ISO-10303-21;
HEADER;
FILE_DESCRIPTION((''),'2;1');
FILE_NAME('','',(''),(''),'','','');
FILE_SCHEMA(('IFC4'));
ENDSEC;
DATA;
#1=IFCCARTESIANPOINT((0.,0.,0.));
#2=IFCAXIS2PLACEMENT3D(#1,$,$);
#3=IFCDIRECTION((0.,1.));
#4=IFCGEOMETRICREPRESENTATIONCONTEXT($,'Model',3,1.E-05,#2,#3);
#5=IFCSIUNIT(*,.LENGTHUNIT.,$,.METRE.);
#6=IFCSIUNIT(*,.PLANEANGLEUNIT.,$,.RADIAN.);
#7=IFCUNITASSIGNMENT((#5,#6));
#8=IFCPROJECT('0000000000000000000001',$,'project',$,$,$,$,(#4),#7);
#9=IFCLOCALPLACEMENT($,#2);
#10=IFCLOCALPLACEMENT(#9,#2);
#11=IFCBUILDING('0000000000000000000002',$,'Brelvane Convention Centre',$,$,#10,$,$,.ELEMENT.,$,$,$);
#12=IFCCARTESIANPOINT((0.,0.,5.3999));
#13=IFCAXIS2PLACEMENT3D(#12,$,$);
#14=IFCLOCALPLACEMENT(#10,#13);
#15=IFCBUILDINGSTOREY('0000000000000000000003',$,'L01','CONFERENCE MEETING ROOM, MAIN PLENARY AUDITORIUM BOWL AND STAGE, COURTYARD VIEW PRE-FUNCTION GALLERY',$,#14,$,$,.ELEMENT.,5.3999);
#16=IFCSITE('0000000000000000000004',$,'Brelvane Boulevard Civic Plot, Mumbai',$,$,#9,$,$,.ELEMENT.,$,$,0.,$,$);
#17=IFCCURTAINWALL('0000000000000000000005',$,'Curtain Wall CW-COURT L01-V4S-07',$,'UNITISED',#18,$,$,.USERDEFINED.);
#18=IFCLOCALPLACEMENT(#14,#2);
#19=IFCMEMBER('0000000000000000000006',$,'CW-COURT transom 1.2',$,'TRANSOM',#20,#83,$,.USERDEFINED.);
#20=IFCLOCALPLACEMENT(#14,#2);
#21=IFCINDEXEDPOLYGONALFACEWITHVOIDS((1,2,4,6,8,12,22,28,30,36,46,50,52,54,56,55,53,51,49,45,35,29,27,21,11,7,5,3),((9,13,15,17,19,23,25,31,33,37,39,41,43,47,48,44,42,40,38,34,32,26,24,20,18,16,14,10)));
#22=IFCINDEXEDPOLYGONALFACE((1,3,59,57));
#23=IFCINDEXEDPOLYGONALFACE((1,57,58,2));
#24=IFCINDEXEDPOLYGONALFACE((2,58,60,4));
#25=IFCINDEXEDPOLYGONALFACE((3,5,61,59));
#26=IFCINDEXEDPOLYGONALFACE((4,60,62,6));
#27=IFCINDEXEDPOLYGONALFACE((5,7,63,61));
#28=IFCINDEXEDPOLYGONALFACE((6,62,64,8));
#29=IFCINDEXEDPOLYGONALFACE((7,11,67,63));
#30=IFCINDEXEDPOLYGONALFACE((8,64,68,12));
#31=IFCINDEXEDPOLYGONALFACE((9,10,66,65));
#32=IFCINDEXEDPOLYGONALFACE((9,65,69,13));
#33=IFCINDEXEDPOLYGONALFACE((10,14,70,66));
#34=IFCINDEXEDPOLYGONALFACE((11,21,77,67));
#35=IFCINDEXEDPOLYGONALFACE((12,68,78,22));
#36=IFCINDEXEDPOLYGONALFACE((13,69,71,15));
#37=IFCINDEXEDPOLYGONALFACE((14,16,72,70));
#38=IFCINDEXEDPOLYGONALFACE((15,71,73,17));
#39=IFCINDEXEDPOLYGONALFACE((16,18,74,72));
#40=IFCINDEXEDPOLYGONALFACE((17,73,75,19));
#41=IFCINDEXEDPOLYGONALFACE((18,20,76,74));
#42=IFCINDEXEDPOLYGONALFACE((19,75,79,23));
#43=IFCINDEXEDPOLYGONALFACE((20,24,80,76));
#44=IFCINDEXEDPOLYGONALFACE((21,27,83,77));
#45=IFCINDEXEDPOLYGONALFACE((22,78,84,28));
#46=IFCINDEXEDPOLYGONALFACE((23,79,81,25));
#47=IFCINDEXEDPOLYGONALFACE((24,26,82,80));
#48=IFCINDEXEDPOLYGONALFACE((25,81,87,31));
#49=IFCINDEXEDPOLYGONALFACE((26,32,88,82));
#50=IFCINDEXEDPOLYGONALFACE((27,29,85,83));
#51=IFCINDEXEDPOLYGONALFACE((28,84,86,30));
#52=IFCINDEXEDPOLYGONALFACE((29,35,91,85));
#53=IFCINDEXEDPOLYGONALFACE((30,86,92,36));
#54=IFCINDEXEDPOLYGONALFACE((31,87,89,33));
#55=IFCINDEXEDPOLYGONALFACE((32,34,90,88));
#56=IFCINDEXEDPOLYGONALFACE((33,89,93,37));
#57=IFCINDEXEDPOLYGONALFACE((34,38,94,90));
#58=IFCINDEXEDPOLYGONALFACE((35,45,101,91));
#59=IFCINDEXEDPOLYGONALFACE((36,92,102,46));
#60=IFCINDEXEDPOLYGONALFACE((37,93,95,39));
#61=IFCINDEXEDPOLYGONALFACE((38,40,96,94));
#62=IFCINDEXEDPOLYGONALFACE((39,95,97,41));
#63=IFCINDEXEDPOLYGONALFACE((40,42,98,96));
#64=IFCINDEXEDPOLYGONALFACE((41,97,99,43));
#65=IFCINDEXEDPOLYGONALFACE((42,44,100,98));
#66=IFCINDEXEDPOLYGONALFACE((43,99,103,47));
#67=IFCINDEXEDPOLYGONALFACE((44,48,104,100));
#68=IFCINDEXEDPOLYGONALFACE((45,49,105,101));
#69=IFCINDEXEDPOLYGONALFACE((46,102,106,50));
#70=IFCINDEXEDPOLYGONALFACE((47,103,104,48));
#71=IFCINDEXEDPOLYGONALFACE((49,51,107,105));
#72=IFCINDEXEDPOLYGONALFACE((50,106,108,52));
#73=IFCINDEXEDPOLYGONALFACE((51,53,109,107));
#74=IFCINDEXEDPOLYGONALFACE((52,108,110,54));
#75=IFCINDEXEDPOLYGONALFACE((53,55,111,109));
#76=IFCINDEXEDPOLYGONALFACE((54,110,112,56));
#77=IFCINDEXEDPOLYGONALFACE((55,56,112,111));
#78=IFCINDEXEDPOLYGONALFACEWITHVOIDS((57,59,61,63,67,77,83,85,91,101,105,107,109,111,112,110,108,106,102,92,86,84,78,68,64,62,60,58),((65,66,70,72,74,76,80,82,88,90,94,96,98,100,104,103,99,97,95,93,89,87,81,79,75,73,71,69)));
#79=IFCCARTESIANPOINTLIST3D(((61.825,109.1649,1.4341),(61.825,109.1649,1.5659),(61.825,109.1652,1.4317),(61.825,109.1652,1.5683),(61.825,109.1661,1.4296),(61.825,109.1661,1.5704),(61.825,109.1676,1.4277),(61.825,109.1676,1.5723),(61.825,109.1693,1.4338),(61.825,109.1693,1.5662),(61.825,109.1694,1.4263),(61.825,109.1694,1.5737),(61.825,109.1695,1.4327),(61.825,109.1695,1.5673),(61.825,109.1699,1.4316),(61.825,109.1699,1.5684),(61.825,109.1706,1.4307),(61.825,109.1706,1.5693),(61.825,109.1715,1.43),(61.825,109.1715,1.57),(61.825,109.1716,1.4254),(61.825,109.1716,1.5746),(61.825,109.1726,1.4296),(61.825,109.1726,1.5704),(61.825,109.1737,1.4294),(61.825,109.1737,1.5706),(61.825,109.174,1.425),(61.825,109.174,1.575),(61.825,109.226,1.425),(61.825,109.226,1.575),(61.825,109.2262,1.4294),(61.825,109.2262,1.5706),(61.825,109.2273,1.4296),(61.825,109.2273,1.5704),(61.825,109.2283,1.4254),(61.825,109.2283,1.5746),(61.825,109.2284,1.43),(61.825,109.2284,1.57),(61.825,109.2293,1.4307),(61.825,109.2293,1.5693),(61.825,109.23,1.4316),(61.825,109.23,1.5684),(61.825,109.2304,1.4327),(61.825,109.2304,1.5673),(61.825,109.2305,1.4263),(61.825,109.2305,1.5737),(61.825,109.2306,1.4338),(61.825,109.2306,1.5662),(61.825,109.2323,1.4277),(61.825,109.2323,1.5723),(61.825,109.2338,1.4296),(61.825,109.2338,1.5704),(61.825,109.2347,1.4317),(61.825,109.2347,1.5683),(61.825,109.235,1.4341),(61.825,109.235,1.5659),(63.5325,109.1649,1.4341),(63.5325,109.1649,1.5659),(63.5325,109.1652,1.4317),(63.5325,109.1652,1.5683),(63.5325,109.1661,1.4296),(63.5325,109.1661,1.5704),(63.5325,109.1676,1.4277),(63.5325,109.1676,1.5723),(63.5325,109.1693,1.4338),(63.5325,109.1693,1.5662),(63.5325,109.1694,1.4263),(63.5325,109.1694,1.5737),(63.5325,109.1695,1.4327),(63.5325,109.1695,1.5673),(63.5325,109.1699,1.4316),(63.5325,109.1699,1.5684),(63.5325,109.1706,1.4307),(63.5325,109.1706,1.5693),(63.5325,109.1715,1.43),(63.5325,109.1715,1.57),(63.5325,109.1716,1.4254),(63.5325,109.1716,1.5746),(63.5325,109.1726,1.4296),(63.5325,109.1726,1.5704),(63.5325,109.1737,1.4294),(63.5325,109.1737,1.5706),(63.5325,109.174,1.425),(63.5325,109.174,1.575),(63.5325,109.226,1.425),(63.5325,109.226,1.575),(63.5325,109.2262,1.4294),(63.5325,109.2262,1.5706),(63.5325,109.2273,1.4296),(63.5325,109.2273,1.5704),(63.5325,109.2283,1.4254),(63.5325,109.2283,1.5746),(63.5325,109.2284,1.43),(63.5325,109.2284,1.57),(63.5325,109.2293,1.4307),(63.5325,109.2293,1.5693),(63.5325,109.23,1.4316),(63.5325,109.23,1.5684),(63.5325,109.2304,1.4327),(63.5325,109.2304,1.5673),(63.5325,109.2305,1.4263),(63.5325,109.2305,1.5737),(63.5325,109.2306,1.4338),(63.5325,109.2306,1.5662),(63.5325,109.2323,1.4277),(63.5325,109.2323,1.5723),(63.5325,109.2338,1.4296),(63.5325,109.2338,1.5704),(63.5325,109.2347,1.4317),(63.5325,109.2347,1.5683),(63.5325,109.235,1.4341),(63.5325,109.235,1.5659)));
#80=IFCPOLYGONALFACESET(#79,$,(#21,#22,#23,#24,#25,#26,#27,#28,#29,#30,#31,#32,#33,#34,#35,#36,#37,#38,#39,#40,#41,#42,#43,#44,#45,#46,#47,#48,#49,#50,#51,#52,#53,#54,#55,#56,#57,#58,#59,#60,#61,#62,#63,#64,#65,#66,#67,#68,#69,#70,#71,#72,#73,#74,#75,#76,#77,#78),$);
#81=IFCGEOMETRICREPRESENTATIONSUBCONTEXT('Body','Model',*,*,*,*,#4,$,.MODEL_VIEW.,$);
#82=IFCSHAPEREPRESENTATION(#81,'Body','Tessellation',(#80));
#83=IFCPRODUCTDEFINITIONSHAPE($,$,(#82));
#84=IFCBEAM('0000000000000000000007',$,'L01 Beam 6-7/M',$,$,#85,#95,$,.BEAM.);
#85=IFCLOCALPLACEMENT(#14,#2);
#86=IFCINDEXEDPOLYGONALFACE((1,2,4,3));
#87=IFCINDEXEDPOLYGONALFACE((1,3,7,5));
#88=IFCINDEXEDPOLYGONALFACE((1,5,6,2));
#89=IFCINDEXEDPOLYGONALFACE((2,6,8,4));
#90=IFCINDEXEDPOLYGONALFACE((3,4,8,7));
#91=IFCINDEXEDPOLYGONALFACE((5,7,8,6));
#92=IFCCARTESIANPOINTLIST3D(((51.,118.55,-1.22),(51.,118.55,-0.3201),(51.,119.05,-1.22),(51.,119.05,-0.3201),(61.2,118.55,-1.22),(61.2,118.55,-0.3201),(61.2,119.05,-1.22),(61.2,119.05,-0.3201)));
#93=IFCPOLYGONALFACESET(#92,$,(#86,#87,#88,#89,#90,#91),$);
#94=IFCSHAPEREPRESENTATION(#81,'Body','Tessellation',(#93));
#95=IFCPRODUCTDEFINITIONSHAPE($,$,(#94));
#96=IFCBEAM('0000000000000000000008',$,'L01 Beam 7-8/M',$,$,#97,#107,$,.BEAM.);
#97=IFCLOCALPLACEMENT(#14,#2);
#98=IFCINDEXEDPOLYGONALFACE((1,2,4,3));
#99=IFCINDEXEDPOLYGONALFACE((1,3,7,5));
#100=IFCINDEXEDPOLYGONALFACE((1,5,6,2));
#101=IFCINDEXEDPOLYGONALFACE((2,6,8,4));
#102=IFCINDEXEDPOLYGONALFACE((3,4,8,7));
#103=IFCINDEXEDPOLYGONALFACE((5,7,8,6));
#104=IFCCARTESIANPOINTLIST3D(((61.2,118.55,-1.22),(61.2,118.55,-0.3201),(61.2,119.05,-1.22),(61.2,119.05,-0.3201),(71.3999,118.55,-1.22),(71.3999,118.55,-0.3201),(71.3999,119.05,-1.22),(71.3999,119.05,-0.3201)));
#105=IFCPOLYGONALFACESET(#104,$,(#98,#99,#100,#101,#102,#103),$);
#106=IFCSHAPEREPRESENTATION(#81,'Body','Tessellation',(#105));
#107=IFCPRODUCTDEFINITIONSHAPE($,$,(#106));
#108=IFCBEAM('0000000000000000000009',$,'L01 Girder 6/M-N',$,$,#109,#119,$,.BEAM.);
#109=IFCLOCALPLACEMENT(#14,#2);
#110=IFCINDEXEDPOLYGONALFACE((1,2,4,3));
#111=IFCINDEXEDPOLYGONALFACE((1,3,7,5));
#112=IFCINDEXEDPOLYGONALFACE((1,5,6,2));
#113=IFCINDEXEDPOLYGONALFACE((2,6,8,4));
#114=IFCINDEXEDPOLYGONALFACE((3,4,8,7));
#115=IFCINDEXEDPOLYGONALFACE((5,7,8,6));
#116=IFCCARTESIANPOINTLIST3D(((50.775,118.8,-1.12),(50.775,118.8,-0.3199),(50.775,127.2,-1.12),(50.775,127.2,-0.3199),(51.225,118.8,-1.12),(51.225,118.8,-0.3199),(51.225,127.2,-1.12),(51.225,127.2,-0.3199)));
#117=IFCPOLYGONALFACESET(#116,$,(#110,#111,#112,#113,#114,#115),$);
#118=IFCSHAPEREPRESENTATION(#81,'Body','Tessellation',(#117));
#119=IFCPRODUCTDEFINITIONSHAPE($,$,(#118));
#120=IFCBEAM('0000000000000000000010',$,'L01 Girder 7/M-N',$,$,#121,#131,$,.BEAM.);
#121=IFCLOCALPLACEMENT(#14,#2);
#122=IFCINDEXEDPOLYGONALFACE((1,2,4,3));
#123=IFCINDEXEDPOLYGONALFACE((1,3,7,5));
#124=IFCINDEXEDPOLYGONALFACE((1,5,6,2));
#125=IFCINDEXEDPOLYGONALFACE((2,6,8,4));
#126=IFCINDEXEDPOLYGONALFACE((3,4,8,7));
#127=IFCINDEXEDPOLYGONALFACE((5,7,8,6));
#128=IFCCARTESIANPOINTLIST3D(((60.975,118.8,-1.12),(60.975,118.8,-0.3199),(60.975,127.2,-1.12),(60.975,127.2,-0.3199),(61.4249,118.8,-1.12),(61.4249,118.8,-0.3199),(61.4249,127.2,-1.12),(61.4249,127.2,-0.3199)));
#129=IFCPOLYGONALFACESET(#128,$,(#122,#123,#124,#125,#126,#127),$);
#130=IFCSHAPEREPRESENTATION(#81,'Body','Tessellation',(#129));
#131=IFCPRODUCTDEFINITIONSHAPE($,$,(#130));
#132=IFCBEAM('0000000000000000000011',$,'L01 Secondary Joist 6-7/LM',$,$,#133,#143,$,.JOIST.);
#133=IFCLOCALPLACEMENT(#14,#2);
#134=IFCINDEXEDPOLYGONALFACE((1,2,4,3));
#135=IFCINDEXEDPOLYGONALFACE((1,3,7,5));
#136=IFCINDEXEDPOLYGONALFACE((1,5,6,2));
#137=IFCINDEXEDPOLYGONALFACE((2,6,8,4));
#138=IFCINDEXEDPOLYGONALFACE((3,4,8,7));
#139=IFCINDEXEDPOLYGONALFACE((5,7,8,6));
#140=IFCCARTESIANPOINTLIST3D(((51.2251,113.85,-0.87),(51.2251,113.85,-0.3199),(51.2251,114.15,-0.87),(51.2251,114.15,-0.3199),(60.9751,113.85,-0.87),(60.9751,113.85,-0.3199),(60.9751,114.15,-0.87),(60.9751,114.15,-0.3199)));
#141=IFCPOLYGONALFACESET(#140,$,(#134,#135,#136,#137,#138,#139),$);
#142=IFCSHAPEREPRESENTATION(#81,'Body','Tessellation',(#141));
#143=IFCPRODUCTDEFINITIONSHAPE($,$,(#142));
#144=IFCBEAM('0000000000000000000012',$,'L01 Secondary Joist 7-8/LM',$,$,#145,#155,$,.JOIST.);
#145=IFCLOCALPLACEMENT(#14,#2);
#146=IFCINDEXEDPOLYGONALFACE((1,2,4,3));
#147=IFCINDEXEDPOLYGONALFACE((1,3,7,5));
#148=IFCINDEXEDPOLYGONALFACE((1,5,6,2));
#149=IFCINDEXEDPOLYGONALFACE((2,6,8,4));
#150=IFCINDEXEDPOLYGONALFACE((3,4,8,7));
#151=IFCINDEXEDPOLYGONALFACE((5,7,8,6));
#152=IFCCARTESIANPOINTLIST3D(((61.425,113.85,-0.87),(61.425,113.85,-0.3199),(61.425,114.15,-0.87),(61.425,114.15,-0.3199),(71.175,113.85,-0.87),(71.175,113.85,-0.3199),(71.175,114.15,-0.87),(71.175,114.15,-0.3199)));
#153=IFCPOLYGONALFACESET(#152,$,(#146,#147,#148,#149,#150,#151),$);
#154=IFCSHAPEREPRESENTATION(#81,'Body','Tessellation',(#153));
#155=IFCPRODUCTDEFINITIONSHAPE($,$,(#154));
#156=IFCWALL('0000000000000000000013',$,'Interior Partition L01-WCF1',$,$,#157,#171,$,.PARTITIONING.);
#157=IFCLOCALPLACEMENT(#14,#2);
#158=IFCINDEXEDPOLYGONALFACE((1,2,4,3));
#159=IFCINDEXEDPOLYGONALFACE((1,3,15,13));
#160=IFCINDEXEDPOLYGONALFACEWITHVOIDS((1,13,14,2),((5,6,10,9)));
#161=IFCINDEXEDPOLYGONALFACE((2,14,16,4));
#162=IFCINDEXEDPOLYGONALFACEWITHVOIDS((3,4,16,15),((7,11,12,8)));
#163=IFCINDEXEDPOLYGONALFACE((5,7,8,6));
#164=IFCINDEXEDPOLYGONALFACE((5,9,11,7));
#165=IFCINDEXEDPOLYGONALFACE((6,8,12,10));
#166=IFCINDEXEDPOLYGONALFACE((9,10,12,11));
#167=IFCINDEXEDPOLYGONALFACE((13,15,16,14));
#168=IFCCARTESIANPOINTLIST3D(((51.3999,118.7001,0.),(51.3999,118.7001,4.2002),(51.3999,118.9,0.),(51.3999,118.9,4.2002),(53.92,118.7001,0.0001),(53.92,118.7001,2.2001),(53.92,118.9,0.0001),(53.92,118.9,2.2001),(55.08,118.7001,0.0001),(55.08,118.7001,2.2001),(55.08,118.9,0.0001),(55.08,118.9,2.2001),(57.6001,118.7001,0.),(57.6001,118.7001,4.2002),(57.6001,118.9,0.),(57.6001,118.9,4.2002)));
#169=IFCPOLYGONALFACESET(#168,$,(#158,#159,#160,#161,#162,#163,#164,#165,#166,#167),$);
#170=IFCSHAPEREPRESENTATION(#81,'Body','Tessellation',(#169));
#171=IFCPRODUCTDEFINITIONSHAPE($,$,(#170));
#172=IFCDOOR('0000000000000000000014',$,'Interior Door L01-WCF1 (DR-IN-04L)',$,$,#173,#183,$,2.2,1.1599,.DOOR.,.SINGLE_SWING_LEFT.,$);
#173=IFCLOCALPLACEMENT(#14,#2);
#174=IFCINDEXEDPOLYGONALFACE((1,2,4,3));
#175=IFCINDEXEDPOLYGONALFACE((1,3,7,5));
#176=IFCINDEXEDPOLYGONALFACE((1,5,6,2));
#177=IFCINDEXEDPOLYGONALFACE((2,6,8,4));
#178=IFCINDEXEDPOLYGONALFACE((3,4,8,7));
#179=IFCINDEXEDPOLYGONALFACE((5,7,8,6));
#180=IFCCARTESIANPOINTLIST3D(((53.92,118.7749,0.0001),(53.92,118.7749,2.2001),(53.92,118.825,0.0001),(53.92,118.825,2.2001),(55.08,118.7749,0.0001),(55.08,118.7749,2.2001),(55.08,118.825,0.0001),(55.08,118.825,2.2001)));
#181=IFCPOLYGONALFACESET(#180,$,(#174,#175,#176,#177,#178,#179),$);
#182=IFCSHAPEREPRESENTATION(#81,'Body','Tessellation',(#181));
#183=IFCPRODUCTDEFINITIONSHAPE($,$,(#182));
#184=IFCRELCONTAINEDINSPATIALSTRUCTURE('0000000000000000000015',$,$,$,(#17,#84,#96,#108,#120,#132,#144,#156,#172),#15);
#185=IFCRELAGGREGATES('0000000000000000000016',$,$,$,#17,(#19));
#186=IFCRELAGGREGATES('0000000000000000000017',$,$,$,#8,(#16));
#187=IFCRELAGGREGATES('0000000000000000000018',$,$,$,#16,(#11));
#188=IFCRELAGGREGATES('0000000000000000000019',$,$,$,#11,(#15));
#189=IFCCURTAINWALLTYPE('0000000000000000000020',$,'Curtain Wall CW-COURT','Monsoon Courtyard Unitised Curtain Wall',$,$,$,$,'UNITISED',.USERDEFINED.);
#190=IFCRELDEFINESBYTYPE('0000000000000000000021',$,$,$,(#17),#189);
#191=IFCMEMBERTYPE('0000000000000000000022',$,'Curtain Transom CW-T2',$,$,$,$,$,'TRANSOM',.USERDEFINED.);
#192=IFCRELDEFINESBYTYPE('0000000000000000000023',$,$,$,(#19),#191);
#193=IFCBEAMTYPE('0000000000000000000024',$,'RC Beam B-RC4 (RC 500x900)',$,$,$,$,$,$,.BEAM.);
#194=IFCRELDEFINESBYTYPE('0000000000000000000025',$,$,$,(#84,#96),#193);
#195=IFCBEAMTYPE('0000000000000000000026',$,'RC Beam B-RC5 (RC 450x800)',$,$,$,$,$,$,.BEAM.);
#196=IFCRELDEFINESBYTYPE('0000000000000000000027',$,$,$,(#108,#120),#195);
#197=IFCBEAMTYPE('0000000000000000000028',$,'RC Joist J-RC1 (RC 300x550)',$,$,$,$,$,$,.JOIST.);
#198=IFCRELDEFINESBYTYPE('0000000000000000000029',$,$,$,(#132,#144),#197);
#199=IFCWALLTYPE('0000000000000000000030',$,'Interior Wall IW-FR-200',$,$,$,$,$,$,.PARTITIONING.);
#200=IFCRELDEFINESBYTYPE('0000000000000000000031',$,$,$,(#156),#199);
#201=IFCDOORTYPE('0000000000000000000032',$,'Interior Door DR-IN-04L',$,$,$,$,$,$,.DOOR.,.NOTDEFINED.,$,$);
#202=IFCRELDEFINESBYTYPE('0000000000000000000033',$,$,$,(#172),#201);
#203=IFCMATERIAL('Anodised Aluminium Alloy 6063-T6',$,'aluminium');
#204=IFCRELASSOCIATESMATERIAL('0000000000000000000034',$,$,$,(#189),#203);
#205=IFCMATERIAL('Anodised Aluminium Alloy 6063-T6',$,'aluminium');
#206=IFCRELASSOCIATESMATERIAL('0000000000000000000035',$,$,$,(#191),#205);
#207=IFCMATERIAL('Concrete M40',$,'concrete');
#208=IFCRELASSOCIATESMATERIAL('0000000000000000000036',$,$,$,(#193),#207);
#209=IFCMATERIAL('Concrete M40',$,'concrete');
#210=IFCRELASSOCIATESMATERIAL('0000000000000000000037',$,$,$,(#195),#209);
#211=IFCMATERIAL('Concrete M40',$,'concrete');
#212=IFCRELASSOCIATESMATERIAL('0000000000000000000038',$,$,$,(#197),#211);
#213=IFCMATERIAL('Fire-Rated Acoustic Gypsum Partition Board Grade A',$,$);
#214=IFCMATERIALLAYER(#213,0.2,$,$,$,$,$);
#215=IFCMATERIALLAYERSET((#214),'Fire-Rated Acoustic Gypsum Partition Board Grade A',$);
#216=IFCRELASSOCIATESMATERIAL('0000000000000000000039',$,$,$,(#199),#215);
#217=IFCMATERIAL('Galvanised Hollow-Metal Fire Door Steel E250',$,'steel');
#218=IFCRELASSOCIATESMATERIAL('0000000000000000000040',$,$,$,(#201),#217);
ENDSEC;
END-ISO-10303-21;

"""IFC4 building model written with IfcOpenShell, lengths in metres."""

from ifc_helpers import new_model, si_unit, direction, frame, frame_2d, origin, origin_2d, place, context, subcontext, project, spatial, rectangle, hollow_rectangle, extrude, material, layer, layer_set, material_profile, profile_set, type_object, element, fill, aggregate, save


model = new_model("IFC4")

# Units and contexts
model_context = context("Model", 3, precision=1e-05, world=origin(), true_north=direction((0.0, 1.0)))
body_context = subcontext(model_context, "Body", "Model", "MODEL_VIEW")
ifc_project = project(units=[si_unit("LENGTHUNIT", "METRE"), si_unit("PLANEANGLEUNIT", "RADIAN")], contexts=[model_context])

# Site, building, storey
site_placement = place(None, origin())
site = spatial("IfcSite", under=ifc_project, at=site_placement, Name="Brelvane Boulevard Civic Plot, Mumbai", CompositionType="ELEMENT", RefElevation=0.0)
building_placement = place(site_placement, origin())
building = spatial("IfcBuilding", under=site, at=building_placement, Name="Brelvane Convention Centre", CompositionType="ELEMENT")
storey_placement = place(building_placement, frame((0.0, 0.0, 5.3999)))
storey = spatial("IfcBuildingStorey", under=building, at=storey_placement, Name="L01", Description="CONFERENCE MEETING ROOM, MAIN PLENARY AUDITORIUM BOWL AND STAGE, COURTYARD VIEW PRE-FUNCTION GALLERY", CompositionType="ELEMENT", Elevation=5.3999)

# Curtain wall, member
ifc_material_1 = material(Name="Anodised Aluminium Alloy 6063-T6", Category="aluminium")
curtain_wall_type = type_object("IfcCurtainWallType", Name="Curtain Wall CW-COURT", Description="Monsoon Courtyard Unitised Curtain Wall", ElementType="UNITISED", PredefinedType="USERDEFINED", material=ifc_material_1)
curtain_wall_placement = place(storey_placement, origin())
curtain_wall = element("IfcCurtainWall", 1, at=curtain_wall_placement, inside=storey, type_object=curtain_wall_type, Name="Curtain Wall CW-COURT L01-V4S-07", ObjectType="UNITISED", PredefinedType="USERDEFINED")
ifc_material_2 = material(Name="Anodised Aluminium Alloy 6063-T6", Category="aluminium")
ifc_material_profile_1 = material_profile(ifc_material_2, hollow_rectangle(XDim=0.0701, YDim=0.1499, WallThickness=0.0044, InnerFilletRadius=0.0044, OuterFilletRadius=0.009, at=origin_2d()), Name="ALU-T 150x70x4.5")
ifc_profile_set_1 = profile_set([ifc_material_profile_1], Name="Anodised Aluminium Alloy 6063-T6")
member_type_1 = type_object("IfcMemberType", Name="Curtain Transom CW-T2", ElementType="TRANSOM", PredefinedType="USERDEFINED", material=ifc_profile_set_1)
member_1_placement = place(storey_placement, frame((61.825, 109.2, 1.5), z_axis=(1.0, 0.0, 0.0), x_axis=(0.0, 1.0, 0.0)))
member_1 = element("IfcMember", 2, at=member_1_placement, type_object=member_type_1, Name="CW-COURT transom 1.2", ObjectType="TRANSOM", PredefinedType="USERDEFINED", context=body_context, shape_type="SweptSolid", body=[
    extrude(hollow_rectangle(XDim=0.0701, YDim=0.1499, WallThickness=0.0044, InnerFilletRadius=0.0044, OuterFilletRadius=0.009, at=origin_2d()), origin(), (0.0, 0.0, 1.0), 1.7075),
])
aggregate(curtain_wall, [member_1])

# Beams
ifc_material_3 = material(Name="Concrete M40", Category="concrete")
ifc_material_profile_2 = material_profile(ifc_material_3, rectangle(XDim=0.5, YDim=0.8999, at=origin_2d()), Name="RC 500x900")
ifc_profile_set_2 = profile_set([ifc_material_profile_2], Name="Concrete M40")
beam_type_1 = type_object("IfcBeamType", Name="RC Beam B-RC4 (RC 500x900)", PredefinedType="BEAM", material=ifc_profile_set_2)
for number, where, z_axis, x_axis, name in (
    (3, (51.0, 118.8, -0.77), (1.0, 0.0, 0.0), (0.0, 1.0, 0.0), "L01 Beam 6-7/M"),
    (4, (61.2, 118.8, -0.77), (1.0, 0.0, 0.0), (0.0, 1.0, 0.0), "L01 Beam 7-8/M"),
):
    element("IfcBeam", number, at=place(storey_placement, frame(where, z_axis=z_axis, x_axis=x_axis)), inside=storey, type_object=beam_type_1, Name=name, PredefinedType="BEAM", context=body_context, shape_type="SweptSolid", body=[
        extrude(rectangle(XDim=0.5, YDim=0.8999, at=origin_2d()), origin(), (0.0, 0.0, 1.0), 10.2),
    ])
ifc_material_4 = material(Name="Concrete M40", Category="concrete")
ifc_material_profile_3 = material_profile(ifc_material_4, rectangle(XDim=0.45, YDim=0.8, at=origin_2d()), Name="RC 450x800")
ifc_profile_set_3 = profile_set([ifc_material_profile_3], Name="Concrete M40")
beam_type_2 = type_object("IfcBeamType", Name="RC Beam B-RC5 (RC 450x800)", PredefinedType="BEAM", material=ifc_profile_set_3)
for number, where, z_axis, x_axis, name in (
    (5, (51.0, 118.8, -0.72), (0.0, 1.0, 0.0), (-1.0, 0.0, 0.0), "L01 Girder 6/M-N"),
    (6, (61.2, 118.8, -0.72), (0.0, 1.0, 0.0), (-1.0, 0.0, 0.0), "L01 Girder 7/M-N"),
):
    element("IfcBeam", number, at=place(storey_placement, frame(where, z_axis=z_axis, x_axis=x_axis)), inside=storey, type_object=beam_type_2, Name=name, PredefinedType="BEAM", context=body_context, shape_type="SweptSolid", body=[
        extrude(rectangle(XDim=0.45, YDim=0.8, at=origin_2d()), origin(), (0.0, 0.0, 1.0), 8.3999),
    ])
ifc_material_5 = material(Name="Concrete M40", Category="concrete")
ifc_material_profile_4 = material_profile(ifc_material_5, rectangle(XDim=0.3, YDim=0.55, at=origin_2d()), Name="RC 300x550")
ifc_profile_set_4 = profile_set([ifc_material_profile_4], Name="Concrete M40")
beam_type_3 = type_object("IfcBeamType", Name="RC Joist J-RC1 (RC 300x550)", PredefinedType="JOIST", material=ifc_profile_set_4)
for number, where, z_axis, x_axis, name in (
    (7, (51.2251, 114.0, -0.595), (1.0, 0.0, 0.0), (0.0, 1.0, 0.0), "L01 Secondary Joist 6-7/LM"),
    (8, (61.425, 114.0, -0.595), (1.0, 0.0, 0.0), (0.0, 1.0, 0.0), "L01 Secondary Joist 7-8/LM"),
):
    element("IfcBeam", number, at=place(storey_placement, frame(where, z_axis=z_axis, x_axis=x_axis)), inside=storey, type_object=beam_type_3, Name=name, PredefinedType="JOIST", context=body_context, shape_type="SweptSolid", body=[
        extrude(rectangle(XDim=0.3, YDim=0.55, at=origin_2d()), origin(), (0.0, 0.0, 1.0), 9.75),
    ])

# Wall, opening, door
ifc_material_6 = material(Name="Fire-Rated Acoustic Gypsum Partition Board Grade A")
ifc_layer_1 = layer(ifc_material_6, 0.2)
ifc_layer_set_1 = layer_set([ifc_layer_1], Name="Fire-Rated Acoustic Gypsum Partition Board Grade A")
wall_type_1 = type_object("IfcWallType", Name="Interior Wall IW-FR-200", PredefinedType="PARTITIONING", material=ifc_layer_set_1)
wall_1_placement = place(storey_placement, frame((51.3999, 118.8, 0.0), z_axis=(0.0, 0.0, 1.0), x_axis=(1.0, 0.0, 0.0)))
wall_1 = element("IfcWall", 9, at=wall_1_placement, inside=storey, type_object=wall_type_1, Name="Interior Partition L01-WCF1", PredefinedType="PARTITIONING", context=body_context, shape_type="SweptSolid", body=[
    extrude(rectangle(XDim=6.2002, YDim=0.2, at=frame_2d((3.1001, 0.0))), origin(), (0.0, 0.0, 1.0), 4.2002),
])
opening_1_placement = place(wall_1_placement, frame((2.52, 0.0, 0.0)))
opening_1 = element("IfcOpeningElement", 10, at=opening_1_placement, cuts=wall_1, PredefinedType="OPENING", context=body_context, shape_type="SweptSolid", body=[
    extrude(rectangle(XDim=1.1599, YDim=2.2, at=frame_2d((0.5801, 1.1001))), frame((0.0, 0.1099, 0.0), z_axis=(0.0, -1.0, 0.0), x_axis=(1.0, 0.0, 0.0)), (0.0, 0.0, 1.0), 0.22),
])
ifc_material_7 = material(Name="Galvanised Hollow-Metal Fire Door Steel E250", Category="steel")
door_type_1 = type_object("IfcDoorType", Name="Interior Door DR-IN-04L", OperationType="NOTDEFINED", PredefinedType="DOOR", material=ifc_material_7)
door_1_placement = place(opening_1_placement, origin())
door_1 = element("IfcDoor", 11, at=door_1_placement, inside=storey, type_object=door_type_1, Name="Interior Door L01-WCF1 (DR-IN-04L)", OperationType="SINGLE_SWING_LEFT", OverallHeight=2.2, OverallWidth=1.1599, PredefinedType="DOOR", context=body_context, shape_type="SweptSolid", body=[
    extrude(rectangle(XDim=1.1599, YDim=2.2, at=frame_2d((0.5801, 1.1001))), frame((0.0, 0.0249, 0.0), z_axis=(0.0, -1.0, 0.0), x_axis=(1.0, 0.0, 0.0)), (0.0, 0.0, 1.0), 0.05),
])
fill(opening_1, door_1)

save(model, "model.ifc")
